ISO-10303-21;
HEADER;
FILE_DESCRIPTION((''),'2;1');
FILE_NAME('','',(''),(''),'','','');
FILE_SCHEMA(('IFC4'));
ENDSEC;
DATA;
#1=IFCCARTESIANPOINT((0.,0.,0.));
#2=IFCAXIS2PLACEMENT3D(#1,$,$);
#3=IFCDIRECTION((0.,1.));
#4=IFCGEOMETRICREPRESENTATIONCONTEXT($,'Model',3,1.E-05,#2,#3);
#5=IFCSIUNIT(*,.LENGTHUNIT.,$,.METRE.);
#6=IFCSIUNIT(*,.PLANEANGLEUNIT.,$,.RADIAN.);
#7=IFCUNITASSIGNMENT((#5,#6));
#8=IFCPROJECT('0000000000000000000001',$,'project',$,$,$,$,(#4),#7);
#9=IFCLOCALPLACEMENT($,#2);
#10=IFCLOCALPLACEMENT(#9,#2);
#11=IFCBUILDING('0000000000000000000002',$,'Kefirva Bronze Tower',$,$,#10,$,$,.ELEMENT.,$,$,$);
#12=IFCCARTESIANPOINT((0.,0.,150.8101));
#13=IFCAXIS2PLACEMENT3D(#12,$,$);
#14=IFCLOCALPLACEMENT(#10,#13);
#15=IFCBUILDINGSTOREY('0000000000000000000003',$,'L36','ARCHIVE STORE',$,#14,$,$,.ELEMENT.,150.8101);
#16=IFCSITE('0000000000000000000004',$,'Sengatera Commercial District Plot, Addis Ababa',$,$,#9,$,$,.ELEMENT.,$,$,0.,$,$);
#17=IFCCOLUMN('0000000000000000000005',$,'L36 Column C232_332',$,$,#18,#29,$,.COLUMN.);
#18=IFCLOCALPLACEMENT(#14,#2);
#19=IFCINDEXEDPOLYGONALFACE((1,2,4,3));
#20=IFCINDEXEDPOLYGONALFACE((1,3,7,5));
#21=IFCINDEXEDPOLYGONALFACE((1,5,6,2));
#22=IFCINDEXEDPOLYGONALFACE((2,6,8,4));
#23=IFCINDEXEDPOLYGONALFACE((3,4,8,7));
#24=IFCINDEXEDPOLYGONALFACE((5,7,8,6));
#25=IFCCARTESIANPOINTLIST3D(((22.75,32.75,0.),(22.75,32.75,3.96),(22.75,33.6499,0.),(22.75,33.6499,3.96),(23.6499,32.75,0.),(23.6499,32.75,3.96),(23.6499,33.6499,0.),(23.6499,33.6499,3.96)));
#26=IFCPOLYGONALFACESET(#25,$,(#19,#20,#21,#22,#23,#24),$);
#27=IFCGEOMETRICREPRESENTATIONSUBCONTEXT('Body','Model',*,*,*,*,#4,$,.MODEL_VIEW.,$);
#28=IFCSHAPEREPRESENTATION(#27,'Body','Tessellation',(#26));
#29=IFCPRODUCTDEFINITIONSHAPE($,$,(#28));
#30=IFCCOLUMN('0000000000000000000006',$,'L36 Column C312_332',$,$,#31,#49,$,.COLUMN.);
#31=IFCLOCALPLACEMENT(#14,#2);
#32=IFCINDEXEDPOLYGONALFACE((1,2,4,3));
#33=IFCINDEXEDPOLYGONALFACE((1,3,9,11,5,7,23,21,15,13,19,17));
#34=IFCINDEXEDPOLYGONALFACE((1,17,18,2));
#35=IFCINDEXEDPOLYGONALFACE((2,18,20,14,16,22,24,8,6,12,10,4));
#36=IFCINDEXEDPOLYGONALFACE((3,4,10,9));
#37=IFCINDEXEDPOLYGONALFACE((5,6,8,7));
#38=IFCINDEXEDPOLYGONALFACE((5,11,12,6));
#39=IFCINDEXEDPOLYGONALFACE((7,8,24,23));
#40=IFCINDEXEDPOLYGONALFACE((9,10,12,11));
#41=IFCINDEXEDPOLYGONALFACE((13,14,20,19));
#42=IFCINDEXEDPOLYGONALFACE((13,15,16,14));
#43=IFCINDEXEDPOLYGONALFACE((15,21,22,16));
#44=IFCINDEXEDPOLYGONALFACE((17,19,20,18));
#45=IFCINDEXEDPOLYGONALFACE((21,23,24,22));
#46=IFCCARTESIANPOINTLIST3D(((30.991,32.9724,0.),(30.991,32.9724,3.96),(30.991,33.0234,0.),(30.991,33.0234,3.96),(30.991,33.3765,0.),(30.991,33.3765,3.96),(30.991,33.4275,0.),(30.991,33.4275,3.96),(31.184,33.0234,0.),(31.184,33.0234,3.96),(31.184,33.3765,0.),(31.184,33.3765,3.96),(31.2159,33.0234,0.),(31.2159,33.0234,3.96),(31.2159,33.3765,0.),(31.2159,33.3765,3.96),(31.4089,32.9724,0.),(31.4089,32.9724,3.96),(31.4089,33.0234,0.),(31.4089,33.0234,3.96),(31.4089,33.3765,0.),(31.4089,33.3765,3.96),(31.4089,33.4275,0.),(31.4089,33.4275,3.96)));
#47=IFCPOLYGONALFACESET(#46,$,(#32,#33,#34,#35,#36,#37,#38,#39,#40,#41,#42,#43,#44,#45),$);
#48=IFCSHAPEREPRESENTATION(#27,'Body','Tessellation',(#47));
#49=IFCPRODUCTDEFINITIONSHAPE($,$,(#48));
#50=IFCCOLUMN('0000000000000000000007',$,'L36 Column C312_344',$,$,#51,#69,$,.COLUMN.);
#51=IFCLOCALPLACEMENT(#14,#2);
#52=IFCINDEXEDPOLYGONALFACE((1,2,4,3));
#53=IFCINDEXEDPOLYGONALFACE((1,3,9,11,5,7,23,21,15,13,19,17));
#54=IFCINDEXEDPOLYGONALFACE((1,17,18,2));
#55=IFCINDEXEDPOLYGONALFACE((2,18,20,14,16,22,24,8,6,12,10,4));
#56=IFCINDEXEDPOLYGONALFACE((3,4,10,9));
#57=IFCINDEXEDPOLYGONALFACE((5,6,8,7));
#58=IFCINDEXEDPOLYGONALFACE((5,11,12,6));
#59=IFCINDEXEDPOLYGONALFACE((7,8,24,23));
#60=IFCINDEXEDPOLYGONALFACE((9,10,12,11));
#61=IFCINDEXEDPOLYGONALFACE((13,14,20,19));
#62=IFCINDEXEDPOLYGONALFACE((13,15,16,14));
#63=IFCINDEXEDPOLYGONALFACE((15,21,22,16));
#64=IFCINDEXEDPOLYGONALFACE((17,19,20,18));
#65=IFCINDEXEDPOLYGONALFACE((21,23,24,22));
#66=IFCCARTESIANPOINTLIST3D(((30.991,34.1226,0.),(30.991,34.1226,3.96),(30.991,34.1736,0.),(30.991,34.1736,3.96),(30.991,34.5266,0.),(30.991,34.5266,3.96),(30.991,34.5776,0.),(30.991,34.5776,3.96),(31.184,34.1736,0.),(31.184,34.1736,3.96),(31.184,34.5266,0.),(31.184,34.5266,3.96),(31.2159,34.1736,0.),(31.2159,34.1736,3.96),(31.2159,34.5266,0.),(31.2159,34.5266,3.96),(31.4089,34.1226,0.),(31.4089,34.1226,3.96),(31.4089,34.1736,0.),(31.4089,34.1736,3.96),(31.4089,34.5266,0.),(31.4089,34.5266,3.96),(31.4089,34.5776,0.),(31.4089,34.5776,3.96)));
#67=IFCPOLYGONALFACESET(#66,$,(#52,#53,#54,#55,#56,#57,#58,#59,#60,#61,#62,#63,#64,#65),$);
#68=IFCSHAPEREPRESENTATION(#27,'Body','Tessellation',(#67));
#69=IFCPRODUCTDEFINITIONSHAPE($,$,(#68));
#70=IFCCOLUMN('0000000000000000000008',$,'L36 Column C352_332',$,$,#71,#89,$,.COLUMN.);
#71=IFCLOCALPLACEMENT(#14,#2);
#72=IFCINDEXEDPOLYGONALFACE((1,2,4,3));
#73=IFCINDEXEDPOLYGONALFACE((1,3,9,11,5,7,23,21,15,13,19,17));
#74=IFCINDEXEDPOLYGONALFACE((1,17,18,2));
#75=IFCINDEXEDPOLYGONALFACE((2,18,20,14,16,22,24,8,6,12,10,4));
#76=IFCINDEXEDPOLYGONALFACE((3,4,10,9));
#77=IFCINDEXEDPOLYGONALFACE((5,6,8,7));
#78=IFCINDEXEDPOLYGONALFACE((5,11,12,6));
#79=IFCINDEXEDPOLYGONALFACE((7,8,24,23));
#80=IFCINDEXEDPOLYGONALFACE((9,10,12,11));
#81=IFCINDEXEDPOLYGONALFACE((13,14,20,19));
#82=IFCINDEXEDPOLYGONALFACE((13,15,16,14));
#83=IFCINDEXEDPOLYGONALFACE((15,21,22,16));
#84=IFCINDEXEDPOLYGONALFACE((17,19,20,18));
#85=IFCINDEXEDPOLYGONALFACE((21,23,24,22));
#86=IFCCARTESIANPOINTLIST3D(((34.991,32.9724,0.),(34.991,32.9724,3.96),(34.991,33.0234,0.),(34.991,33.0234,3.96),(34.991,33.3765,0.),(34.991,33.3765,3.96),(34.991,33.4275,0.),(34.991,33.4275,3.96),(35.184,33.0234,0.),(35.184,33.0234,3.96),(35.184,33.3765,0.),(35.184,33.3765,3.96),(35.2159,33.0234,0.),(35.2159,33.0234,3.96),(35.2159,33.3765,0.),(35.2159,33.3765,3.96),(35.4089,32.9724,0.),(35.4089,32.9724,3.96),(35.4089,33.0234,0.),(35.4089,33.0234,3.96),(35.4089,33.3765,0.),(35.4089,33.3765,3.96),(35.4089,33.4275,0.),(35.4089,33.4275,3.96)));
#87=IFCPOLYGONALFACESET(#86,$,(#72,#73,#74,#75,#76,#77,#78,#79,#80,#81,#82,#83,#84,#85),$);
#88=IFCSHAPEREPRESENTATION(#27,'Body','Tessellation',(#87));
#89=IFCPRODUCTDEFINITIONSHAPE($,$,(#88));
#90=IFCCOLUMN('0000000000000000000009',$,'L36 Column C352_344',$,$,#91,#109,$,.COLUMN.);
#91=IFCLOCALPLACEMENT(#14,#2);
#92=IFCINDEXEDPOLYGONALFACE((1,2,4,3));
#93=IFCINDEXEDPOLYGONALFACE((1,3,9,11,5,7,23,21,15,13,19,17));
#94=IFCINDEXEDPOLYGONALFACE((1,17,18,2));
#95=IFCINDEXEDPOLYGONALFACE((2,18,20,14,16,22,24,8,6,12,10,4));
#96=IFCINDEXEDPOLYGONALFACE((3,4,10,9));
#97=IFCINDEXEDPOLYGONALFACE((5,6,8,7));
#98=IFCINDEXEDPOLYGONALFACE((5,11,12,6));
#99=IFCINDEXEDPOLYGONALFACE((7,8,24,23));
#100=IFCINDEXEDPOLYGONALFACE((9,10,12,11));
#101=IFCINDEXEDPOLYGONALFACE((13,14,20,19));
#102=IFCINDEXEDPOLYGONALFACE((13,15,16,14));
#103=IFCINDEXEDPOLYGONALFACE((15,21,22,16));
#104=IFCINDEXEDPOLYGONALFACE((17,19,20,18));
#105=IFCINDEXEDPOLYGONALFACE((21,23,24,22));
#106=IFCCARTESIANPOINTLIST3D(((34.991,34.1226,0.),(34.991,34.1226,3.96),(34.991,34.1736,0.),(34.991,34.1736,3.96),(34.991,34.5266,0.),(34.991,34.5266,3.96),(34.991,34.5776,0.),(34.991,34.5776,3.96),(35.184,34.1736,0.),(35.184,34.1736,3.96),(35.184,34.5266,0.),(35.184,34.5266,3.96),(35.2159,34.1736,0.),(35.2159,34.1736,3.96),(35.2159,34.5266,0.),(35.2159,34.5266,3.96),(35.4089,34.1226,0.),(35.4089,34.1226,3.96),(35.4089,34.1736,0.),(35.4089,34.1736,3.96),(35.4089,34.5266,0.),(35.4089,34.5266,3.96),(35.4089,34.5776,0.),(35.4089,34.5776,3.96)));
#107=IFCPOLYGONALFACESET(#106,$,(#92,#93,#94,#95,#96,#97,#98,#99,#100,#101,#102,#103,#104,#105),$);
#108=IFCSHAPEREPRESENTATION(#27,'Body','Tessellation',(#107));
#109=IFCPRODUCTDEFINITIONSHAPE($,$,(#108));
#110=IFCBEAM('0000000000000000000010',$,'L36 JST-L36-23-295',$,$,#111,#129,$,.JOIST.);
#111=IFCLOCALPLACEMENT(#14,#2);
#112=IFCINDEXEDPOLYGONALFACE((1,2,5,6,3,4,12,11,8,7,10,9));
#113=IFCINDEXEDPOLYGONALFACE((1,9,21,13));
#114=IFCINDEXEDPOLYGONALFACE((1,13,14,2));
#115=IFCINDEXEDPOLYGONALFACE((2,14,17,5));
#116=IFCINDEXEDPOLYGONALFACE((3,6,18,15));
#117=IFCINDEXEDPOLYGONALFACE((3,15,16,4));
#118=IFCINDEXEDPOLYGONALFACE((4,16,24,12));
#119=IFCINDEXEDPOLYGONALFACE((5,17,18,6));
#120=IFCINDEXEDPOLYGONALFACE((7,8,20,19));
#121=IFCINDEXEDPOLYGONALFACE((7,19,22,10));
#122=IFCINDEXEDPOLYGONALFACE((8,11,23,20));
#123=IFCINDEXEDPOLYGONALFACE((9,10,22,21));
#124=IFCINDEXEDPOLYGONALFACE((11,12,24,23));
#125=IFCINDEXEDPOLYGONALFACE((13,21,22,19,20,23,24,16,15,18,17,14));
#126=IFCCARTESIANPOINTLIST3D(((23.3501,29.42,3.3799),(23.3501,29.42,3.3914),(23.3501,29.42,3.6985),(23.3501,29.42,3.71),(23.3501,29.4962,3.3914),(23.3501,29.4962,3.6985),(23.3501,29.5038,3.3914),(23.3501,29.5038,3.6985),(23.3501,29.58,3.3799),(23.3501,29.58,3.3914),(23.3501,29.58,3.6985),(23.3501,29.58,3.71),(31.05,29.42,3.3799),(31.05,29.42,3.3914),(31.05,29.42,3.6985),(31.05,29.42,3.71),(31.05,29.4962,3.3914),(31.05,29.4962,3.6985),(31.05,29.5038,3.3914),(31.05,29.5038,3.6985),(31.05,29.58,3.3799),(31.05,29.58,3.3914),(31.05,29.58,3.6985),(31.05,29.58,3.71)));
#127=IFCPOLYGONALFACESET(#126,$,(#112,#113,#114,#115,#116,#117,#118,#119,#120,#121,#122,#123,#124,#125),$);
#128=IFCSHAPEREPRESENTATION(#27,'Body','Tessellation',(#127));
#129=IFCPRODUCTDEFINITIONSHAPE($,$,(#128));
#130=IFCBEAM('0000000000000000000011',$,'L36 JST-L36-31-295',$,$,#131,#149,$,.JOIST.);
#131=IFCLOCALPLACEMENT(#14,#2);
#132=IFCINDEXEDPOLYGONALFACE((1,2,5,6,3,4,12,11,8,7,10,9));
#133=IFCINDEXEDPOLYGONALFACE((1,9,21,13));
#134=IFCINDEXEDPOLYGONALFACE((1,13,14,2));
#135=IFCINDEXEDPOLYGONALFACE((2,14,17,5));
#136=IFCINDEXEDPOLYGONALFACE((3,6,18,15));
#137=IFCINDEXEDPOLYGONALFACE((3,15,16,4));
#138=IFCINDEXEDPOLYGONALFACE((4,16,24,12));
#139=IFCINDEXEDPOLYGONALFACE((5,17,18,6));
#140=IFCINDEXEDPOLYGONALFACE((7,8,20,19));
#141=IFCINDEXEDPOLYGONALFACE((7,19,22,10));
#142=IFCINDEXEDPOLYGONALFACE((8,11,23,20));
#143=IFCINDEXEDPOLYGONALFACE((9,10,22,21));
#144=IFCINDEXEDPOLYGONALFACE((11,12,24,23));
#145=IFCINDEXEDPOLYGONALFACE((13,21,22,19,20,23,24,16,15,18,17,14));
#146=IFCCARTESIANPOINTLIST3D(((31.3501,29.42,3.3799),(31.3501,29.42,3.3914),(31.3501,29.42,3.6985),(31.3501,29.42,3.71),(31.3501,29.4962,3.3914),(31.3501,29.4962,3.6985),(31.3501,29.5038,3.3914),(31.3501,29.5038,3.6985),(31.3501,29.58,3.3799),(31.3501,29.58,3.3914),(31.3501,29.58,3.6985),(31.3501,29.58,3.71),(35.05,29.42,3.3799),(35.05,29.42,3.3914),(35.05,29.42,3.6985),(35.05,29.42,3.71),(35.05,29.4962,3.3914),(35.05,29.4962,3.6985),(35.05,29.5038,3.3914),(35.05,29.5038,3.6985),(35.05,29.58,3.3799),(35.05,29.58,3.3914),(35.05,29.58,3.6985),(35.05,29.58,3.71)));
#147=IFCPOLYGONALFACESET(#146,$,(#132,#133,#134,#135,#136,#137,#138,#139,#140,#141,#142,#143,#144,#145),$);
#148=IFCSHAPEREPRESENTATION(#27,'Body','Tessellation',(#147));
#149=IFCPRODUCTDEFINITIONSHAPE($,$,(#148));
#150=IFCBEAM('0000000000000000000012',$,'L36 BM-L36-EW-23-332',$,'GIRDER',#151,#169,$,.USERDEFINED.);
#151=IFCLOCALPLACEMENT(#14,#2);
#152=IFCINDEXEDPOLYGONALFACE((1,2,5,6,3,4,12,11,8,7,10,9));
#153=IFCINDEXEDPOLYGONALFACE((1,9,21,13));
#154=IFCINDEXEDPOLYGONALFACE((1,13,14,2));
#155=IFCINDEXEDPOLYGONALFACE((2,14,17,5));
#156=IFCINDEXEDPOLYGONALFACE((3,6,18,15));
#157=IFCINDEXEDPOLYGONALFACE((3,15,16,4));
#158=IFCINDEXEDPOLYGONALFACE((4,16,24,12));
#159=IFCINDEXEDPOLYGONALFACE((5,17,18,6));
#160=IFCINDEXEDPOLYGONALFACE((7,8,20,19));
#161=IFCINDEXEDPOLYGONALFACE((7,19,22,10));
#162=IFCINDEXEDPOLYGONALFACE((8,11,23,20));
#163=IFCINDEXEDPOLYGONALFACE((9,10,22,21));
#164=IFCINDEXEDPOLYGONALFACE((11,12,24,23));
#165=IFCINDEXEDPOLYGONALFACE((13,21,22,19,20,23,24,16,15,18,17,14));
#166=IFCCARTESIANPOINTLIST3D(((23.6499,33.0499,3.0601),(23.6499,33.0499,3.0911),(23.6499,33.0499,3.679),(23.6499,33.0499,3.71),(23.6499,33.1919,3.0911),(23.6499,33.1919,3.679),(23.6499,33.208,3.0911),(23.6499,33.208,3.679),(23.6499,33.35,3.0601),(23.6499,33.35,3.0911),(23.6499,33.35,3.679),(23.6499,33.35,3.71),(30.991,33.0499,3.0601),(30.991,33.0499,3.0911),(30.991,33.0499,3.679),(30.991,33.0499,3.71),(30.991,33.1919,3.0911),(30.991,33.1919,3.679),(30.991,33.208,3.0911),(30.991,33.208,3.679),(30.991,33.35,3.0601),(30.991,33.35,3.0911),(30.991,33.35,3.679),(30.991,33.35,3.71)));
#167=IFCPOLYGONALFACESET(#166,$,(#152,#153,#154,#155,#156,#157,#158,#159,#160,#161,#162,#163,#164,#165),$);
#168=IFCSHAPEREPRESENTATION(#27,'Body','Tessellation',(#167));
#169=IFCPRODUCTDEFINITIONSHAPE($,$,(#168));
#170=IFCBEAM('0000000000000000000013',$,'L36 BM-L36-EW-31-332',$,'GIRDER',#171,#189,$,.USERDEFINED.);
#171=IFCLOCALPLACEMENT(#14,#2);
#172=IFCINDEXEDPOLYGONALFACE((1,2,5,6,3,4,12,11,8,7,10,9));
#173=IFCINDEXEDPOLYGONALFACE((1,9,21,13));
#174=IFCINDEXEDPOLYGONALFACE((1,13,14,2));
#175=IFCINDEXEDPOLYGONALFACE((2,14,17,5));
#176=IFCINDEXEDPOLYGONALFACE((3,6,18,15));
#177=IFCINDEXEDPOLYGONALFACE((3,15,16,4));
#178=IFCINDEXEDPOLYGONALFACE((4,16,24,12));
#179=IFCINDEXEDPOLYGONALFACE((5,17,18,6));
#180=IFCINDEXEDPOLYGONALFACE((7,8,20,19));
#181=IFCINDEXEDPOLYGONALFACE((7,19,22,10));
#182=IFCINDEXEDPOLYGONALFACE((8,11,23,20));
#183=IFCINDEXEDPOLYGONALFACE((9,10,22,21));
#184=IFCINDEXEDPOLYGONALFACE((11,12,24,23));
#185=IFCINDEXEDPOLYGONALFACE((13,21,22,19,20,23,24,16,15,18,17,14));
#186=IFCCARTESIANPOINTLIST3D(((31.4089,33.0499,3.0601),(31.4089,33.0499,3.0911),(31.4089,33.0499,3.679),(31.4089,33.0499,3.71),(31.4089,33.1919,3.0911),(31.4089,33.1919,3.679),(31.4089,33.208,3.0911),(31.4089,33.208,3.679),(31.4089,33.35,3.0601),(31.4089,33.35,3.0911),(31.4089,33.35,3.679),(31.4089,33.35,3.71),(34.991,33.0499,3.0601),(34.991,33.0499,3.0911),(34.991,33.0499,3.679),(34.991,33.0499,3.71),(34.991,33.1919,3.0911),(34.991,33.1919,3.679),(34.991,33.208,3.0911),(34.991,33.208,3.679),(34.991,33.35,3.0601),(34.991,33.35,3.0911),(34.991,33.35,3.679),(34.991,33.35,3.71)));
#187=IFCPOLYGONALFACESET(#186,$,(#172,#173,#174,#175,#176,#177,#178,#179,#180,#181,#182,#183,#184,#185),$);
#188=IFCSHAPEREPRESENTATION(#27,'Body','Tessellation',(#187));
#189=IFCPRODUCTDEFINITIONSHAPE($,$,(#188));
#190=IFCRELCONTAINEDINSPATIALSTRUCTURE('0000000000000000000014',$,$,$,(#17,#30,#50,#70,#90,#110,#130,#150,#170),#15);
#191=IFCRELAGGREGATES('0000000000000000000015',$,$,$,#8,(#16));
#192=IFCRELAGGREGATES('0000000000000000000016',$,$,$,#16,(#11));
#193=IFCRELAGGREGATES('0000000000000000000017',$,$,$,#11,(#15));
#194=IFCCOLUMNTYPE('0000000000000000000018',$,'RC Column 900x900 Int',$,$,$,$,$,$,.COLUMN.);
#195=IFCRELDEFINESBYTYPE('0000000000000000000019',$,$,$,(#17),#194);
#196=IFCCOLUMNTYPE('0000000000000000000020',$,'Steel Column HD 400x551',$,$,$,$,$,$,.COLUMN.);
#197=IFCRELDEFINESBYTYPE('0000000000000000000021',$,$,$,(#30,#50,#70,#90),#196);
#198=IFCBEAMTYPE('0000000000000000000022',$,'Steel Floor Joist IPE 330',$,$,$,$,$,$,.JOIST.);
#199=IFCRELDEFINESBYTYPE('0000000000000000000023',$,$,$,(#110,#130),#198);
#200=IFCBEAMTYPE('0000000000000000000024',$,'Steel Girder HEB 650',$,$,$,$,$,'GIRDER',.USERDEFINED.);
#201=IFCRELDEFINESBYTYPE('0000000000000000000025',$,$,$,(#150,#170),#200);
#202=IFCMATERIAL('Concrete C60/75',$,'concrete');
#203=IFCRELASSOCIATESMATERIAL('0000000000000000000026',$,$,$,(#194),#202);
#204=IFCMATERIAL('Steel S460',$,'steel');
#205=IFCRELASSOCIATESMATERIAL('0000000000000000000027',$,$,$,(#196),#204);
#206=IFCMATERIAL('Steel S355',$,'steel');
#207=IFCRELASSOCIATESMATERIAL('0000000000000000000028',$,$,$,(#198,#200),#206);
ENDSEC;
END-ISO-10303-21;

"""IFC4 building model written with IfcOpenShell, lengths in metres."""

from ifc_helpers import new_model, si_unit, direction, frame, origin, origin_2d, place, context, subcontext, project, spatial, rectangle, i_section, extrude, material, material_profile, profile_set, type_object, element, save


model = new_model("IFC4")

# Units and contexts
model_context = context("Model", 3, precision=1e-05, world=origin(), true_north=direction((0.0, 1.0)))
body_context = subcontext(model_context, "Body", "Model", "MODEL_VIEW")
ifc_project = project(units=[si_unit("LENGTHUNIT", "METRE"), si_unit("PLANEANGLEUNIT", "RADIAN")], contexts=[model_context])

# Site, building, storey
site_placement = place(None, origin())
site = spatial("IfcSite", under=ifc_project, at=site_placement, Name="Sengatera Commercial District Plot, Addis Ababa", CompositionType="ELEMENT", RefElevation=0.0)
building_placement = place(site_placement, origin())
building = spatial("IfcBuilding", under=site, at=building_placement, Name="Kefirva Bronze Tower", CompositionType="ELEMENT")
storey_placement = place(building_placement, frame((0.0, 0.0, 150.8101)))
storey = spatial("IfcBuildingStorey", under=building, at=storey_placement, Name="L36", Description="ARCHIVE STORE", CompositionType="ELEMENT", Elevation=150.8101)

# Columns
ifc_material_1 = material(Name="Concrete C60/75", Category="concrete")
ifc_material_profile_1 = material_profile(ifc_material_1, rectangle(XDim=0.8999, YDim=0.8999, at=origin_2d()), Name="RC 900x900")
ifc_profile_set_1 = profile_set([ifc_material_profile_1], Name="Concrete C60/75")
column_type_1 = type_object("IfcColumnType", Name="RC Column 900x900 Int", PredefinedType="COLUMN", material=ifc_profile_set_1)
column_placement = place(storey_placement, frame((23.2, 33.2, 0.0), z_axis=(0.0, 0.0, 1.0), x_axis=(1.0, 0.0, 0.0)))
element("IfcColumn", 1, at=column_placement, inside=storey, type_object=column_type_1, Name="L36 Column C232_332", PredefinedType="COLUMN", context=body_context, shape_type="SweptSolid", body=[
    extrude(rectangle(XDim=0.8999, YDim=0.8999, at=origin_2d()), origin(), (0.0, 0.0, 1.0), 3.96),
])
ifc_material_2 = material(Name="Steel S460", Category="steel")
ifc_material_profile_2 = material_profile(ifc_material_2, i_section(OverallWidth=0.418, OverallDepth=0.4551, WebThickness=0.032, FlangeThickness=0.051, at=origin_2d()), Name="HD 400x551")
ifc_profile_set_2 = profile_set([ifc_material_profile_2], Name="Steel S460")
column_type_2 = type_object("IfcColumnType", Name="Steel Column HD 400x551", PredefinedType="COLUMN", material=ifc_profile_set_2)
for number, where, z_axis, x_axis, name in (
    (2, (31.2, 33.2, 0.0), (0.0, 0.0, 1.0), (1.0, 0.0, 0.0), "L36 Column C312_332"),
    (3, (31.2, 34.3501, 0.0), (0.0, 0.0, 1.0), (1.0, 0.0, 0.0), "L36 Column C312_344"),
    (4, (35.2, 33.2, 0.0), (0.0, 0.0, 1.0), (1.0, 0.0, 0.0), "L36 Column C352_332"),
    (5, (35.2, 34.3501, 0.0), (0.0, 0.0, 1.0), (1.0, 0.0, 0.0), "L36 Column C352_344"),
):
    element("IfcColumn", number, at=place(storey_placement, frame(where, z_axis=z_axis, x_axis=x_axis)), inside=storey, type_object=column_type_2, Name=name, PredefinedType="COLUMN", context=body_context, shape_type="SweptSolid", body=[
        extrude(i_section(OverallWidth=0.418, OverallDepth=0.4551, WebThickness=0.032, FlangeThickness=0.051, at=origin_2d()), origin(), (0.0, 0.0, 1.0), 3.96),
    ])

# Beams
ifc_material_3 = material(Name="Steel S355", Category="steel")
ifc_material_profile_3 = material_profile(ifc_material_3, i_section(OverallWidth=0.1599, OverallDepth=0.3301, WebThickness=0.0076, FlangeThickness=0.0115, at=origin_2d()), Name="IPE 330")
ifc_profile_set_3 = profile_set([ifc_material_profile_3], Name="Steel S355")
beam_type_1 = type_object("IfcBeamType", Name="Steel Floor Joist IPE 330", PredefinedType="JOIST", material=ifc_profile_set_3)
beam_1_placement = place(storey_placement, frame((23.3501, 29.5, 3.5449), z_axis=(1.0, 0.0, 0.0), x_axis=(0.0, 1.0, 0.0)))
element("IfcBeam", 6, at=beam_1_placement, inside=storey, type_object=beam_type_1, Name="L36 JST-L36-23-295", PredefinedType="JOIST", context=body_context, shape_type="SweptSolid", body=[
    extrude(i_section(OverallWidth=0.1599, OverallDepth=0.3301, WebThickness=0.0076, FlangeThickness=0.0115, at=origin_2d()), origin(), (0.0, 0.0, 1.0), 7.7),
])
beam_2_placement = place(storey_placement, frame((31.3501, 29.5, 3.5449), z_axis=(1.0, 0.0, 0.0), x_axis=(0.0, 1.0, 0.0)))
element("IfcBeam", 7, at=beam_2_placement, inside=storey, type_object=beam_type_1, Name="L36 JST-L36-31-295", PredefinedType="JOIST", context=body_context, shape_type="SweptSolid", body=[
    extrude(i_section(OverallWidth=0.1599, OverallDepth=0.3301, WebThickness=0.0076, FlangeThickness=0.0115, at=origin_2d()), origin(), (0.0, 0.0, 1.0), 3.7),
])
ifc_material_profile_4 = material_profile(ifc_material_3, i_section(OverallWidth=0.3, OverallDepth=0.6499, WebThickness=0.0161, FlangeThickness=0.031, at=origin_2d()), Name="HEB 650")
ifc_profile_set_4 = profile_set([ifc_material_profile_4], Name="Steel S355")
beam_type_2 = type_object("IfcBeamType", Name="Steel Girder HEB 650", ElementType="GIRDER", PredefinedType="USERDEFINED", material=ifc_profile_set_4)
beam_3_placement = place(storey_placement, frame((23.6499, 33.2, 3.385), z_axis=(1.0, 0.0, 0.0), x_axis=(0.0, 1.0, 0.0)))
element("IfcBeam", 8, at=beam_3_placement, inside=storey, type_object=beam_type_2, Name="L36 BM-L36-EW-23-332", ObjectType="GIRDER", PredefinedType="USERDEFINED", context=body_context, shape_type="SweptSolid", body=[
    extrude(i_section(OverallWidth=0.3, OverallDepth=0.6499, WebThickness=0.0161, FlangeThickness=0.031, at=origin_2d()), origin(), (0.0, 0.0, 1.0), 7.3411),
])
for number, where, z_axis, x_axis, name in (
    (9, (31.4089, 33.2, 3.385), (1.0, 0.0, 0.0), (0.0, 1.0, 0.0), "L36 BM-L36-EW-31-332"),
):
    element("IfcBeam", number, at=place(storey_placement, frame(where, z_axis=z_axis, x_axis=x_axis)), inside=storey, type_object=beam_type_2, Name=name, ObjectType="GIRDER", PredefinedType="USERDEFINED", context=body_context, shape_type="SweptSolid", body=[
        extrude(i_section(OverallWidth=0.3, OverallDepth=0.6499, WebThickness=0.0161, FlangeThickness=0.031, at=origin_2d()), origin(), (0.0, 0.0, 1.0), 3.582),
    ])

save(model, "model.ifc")
